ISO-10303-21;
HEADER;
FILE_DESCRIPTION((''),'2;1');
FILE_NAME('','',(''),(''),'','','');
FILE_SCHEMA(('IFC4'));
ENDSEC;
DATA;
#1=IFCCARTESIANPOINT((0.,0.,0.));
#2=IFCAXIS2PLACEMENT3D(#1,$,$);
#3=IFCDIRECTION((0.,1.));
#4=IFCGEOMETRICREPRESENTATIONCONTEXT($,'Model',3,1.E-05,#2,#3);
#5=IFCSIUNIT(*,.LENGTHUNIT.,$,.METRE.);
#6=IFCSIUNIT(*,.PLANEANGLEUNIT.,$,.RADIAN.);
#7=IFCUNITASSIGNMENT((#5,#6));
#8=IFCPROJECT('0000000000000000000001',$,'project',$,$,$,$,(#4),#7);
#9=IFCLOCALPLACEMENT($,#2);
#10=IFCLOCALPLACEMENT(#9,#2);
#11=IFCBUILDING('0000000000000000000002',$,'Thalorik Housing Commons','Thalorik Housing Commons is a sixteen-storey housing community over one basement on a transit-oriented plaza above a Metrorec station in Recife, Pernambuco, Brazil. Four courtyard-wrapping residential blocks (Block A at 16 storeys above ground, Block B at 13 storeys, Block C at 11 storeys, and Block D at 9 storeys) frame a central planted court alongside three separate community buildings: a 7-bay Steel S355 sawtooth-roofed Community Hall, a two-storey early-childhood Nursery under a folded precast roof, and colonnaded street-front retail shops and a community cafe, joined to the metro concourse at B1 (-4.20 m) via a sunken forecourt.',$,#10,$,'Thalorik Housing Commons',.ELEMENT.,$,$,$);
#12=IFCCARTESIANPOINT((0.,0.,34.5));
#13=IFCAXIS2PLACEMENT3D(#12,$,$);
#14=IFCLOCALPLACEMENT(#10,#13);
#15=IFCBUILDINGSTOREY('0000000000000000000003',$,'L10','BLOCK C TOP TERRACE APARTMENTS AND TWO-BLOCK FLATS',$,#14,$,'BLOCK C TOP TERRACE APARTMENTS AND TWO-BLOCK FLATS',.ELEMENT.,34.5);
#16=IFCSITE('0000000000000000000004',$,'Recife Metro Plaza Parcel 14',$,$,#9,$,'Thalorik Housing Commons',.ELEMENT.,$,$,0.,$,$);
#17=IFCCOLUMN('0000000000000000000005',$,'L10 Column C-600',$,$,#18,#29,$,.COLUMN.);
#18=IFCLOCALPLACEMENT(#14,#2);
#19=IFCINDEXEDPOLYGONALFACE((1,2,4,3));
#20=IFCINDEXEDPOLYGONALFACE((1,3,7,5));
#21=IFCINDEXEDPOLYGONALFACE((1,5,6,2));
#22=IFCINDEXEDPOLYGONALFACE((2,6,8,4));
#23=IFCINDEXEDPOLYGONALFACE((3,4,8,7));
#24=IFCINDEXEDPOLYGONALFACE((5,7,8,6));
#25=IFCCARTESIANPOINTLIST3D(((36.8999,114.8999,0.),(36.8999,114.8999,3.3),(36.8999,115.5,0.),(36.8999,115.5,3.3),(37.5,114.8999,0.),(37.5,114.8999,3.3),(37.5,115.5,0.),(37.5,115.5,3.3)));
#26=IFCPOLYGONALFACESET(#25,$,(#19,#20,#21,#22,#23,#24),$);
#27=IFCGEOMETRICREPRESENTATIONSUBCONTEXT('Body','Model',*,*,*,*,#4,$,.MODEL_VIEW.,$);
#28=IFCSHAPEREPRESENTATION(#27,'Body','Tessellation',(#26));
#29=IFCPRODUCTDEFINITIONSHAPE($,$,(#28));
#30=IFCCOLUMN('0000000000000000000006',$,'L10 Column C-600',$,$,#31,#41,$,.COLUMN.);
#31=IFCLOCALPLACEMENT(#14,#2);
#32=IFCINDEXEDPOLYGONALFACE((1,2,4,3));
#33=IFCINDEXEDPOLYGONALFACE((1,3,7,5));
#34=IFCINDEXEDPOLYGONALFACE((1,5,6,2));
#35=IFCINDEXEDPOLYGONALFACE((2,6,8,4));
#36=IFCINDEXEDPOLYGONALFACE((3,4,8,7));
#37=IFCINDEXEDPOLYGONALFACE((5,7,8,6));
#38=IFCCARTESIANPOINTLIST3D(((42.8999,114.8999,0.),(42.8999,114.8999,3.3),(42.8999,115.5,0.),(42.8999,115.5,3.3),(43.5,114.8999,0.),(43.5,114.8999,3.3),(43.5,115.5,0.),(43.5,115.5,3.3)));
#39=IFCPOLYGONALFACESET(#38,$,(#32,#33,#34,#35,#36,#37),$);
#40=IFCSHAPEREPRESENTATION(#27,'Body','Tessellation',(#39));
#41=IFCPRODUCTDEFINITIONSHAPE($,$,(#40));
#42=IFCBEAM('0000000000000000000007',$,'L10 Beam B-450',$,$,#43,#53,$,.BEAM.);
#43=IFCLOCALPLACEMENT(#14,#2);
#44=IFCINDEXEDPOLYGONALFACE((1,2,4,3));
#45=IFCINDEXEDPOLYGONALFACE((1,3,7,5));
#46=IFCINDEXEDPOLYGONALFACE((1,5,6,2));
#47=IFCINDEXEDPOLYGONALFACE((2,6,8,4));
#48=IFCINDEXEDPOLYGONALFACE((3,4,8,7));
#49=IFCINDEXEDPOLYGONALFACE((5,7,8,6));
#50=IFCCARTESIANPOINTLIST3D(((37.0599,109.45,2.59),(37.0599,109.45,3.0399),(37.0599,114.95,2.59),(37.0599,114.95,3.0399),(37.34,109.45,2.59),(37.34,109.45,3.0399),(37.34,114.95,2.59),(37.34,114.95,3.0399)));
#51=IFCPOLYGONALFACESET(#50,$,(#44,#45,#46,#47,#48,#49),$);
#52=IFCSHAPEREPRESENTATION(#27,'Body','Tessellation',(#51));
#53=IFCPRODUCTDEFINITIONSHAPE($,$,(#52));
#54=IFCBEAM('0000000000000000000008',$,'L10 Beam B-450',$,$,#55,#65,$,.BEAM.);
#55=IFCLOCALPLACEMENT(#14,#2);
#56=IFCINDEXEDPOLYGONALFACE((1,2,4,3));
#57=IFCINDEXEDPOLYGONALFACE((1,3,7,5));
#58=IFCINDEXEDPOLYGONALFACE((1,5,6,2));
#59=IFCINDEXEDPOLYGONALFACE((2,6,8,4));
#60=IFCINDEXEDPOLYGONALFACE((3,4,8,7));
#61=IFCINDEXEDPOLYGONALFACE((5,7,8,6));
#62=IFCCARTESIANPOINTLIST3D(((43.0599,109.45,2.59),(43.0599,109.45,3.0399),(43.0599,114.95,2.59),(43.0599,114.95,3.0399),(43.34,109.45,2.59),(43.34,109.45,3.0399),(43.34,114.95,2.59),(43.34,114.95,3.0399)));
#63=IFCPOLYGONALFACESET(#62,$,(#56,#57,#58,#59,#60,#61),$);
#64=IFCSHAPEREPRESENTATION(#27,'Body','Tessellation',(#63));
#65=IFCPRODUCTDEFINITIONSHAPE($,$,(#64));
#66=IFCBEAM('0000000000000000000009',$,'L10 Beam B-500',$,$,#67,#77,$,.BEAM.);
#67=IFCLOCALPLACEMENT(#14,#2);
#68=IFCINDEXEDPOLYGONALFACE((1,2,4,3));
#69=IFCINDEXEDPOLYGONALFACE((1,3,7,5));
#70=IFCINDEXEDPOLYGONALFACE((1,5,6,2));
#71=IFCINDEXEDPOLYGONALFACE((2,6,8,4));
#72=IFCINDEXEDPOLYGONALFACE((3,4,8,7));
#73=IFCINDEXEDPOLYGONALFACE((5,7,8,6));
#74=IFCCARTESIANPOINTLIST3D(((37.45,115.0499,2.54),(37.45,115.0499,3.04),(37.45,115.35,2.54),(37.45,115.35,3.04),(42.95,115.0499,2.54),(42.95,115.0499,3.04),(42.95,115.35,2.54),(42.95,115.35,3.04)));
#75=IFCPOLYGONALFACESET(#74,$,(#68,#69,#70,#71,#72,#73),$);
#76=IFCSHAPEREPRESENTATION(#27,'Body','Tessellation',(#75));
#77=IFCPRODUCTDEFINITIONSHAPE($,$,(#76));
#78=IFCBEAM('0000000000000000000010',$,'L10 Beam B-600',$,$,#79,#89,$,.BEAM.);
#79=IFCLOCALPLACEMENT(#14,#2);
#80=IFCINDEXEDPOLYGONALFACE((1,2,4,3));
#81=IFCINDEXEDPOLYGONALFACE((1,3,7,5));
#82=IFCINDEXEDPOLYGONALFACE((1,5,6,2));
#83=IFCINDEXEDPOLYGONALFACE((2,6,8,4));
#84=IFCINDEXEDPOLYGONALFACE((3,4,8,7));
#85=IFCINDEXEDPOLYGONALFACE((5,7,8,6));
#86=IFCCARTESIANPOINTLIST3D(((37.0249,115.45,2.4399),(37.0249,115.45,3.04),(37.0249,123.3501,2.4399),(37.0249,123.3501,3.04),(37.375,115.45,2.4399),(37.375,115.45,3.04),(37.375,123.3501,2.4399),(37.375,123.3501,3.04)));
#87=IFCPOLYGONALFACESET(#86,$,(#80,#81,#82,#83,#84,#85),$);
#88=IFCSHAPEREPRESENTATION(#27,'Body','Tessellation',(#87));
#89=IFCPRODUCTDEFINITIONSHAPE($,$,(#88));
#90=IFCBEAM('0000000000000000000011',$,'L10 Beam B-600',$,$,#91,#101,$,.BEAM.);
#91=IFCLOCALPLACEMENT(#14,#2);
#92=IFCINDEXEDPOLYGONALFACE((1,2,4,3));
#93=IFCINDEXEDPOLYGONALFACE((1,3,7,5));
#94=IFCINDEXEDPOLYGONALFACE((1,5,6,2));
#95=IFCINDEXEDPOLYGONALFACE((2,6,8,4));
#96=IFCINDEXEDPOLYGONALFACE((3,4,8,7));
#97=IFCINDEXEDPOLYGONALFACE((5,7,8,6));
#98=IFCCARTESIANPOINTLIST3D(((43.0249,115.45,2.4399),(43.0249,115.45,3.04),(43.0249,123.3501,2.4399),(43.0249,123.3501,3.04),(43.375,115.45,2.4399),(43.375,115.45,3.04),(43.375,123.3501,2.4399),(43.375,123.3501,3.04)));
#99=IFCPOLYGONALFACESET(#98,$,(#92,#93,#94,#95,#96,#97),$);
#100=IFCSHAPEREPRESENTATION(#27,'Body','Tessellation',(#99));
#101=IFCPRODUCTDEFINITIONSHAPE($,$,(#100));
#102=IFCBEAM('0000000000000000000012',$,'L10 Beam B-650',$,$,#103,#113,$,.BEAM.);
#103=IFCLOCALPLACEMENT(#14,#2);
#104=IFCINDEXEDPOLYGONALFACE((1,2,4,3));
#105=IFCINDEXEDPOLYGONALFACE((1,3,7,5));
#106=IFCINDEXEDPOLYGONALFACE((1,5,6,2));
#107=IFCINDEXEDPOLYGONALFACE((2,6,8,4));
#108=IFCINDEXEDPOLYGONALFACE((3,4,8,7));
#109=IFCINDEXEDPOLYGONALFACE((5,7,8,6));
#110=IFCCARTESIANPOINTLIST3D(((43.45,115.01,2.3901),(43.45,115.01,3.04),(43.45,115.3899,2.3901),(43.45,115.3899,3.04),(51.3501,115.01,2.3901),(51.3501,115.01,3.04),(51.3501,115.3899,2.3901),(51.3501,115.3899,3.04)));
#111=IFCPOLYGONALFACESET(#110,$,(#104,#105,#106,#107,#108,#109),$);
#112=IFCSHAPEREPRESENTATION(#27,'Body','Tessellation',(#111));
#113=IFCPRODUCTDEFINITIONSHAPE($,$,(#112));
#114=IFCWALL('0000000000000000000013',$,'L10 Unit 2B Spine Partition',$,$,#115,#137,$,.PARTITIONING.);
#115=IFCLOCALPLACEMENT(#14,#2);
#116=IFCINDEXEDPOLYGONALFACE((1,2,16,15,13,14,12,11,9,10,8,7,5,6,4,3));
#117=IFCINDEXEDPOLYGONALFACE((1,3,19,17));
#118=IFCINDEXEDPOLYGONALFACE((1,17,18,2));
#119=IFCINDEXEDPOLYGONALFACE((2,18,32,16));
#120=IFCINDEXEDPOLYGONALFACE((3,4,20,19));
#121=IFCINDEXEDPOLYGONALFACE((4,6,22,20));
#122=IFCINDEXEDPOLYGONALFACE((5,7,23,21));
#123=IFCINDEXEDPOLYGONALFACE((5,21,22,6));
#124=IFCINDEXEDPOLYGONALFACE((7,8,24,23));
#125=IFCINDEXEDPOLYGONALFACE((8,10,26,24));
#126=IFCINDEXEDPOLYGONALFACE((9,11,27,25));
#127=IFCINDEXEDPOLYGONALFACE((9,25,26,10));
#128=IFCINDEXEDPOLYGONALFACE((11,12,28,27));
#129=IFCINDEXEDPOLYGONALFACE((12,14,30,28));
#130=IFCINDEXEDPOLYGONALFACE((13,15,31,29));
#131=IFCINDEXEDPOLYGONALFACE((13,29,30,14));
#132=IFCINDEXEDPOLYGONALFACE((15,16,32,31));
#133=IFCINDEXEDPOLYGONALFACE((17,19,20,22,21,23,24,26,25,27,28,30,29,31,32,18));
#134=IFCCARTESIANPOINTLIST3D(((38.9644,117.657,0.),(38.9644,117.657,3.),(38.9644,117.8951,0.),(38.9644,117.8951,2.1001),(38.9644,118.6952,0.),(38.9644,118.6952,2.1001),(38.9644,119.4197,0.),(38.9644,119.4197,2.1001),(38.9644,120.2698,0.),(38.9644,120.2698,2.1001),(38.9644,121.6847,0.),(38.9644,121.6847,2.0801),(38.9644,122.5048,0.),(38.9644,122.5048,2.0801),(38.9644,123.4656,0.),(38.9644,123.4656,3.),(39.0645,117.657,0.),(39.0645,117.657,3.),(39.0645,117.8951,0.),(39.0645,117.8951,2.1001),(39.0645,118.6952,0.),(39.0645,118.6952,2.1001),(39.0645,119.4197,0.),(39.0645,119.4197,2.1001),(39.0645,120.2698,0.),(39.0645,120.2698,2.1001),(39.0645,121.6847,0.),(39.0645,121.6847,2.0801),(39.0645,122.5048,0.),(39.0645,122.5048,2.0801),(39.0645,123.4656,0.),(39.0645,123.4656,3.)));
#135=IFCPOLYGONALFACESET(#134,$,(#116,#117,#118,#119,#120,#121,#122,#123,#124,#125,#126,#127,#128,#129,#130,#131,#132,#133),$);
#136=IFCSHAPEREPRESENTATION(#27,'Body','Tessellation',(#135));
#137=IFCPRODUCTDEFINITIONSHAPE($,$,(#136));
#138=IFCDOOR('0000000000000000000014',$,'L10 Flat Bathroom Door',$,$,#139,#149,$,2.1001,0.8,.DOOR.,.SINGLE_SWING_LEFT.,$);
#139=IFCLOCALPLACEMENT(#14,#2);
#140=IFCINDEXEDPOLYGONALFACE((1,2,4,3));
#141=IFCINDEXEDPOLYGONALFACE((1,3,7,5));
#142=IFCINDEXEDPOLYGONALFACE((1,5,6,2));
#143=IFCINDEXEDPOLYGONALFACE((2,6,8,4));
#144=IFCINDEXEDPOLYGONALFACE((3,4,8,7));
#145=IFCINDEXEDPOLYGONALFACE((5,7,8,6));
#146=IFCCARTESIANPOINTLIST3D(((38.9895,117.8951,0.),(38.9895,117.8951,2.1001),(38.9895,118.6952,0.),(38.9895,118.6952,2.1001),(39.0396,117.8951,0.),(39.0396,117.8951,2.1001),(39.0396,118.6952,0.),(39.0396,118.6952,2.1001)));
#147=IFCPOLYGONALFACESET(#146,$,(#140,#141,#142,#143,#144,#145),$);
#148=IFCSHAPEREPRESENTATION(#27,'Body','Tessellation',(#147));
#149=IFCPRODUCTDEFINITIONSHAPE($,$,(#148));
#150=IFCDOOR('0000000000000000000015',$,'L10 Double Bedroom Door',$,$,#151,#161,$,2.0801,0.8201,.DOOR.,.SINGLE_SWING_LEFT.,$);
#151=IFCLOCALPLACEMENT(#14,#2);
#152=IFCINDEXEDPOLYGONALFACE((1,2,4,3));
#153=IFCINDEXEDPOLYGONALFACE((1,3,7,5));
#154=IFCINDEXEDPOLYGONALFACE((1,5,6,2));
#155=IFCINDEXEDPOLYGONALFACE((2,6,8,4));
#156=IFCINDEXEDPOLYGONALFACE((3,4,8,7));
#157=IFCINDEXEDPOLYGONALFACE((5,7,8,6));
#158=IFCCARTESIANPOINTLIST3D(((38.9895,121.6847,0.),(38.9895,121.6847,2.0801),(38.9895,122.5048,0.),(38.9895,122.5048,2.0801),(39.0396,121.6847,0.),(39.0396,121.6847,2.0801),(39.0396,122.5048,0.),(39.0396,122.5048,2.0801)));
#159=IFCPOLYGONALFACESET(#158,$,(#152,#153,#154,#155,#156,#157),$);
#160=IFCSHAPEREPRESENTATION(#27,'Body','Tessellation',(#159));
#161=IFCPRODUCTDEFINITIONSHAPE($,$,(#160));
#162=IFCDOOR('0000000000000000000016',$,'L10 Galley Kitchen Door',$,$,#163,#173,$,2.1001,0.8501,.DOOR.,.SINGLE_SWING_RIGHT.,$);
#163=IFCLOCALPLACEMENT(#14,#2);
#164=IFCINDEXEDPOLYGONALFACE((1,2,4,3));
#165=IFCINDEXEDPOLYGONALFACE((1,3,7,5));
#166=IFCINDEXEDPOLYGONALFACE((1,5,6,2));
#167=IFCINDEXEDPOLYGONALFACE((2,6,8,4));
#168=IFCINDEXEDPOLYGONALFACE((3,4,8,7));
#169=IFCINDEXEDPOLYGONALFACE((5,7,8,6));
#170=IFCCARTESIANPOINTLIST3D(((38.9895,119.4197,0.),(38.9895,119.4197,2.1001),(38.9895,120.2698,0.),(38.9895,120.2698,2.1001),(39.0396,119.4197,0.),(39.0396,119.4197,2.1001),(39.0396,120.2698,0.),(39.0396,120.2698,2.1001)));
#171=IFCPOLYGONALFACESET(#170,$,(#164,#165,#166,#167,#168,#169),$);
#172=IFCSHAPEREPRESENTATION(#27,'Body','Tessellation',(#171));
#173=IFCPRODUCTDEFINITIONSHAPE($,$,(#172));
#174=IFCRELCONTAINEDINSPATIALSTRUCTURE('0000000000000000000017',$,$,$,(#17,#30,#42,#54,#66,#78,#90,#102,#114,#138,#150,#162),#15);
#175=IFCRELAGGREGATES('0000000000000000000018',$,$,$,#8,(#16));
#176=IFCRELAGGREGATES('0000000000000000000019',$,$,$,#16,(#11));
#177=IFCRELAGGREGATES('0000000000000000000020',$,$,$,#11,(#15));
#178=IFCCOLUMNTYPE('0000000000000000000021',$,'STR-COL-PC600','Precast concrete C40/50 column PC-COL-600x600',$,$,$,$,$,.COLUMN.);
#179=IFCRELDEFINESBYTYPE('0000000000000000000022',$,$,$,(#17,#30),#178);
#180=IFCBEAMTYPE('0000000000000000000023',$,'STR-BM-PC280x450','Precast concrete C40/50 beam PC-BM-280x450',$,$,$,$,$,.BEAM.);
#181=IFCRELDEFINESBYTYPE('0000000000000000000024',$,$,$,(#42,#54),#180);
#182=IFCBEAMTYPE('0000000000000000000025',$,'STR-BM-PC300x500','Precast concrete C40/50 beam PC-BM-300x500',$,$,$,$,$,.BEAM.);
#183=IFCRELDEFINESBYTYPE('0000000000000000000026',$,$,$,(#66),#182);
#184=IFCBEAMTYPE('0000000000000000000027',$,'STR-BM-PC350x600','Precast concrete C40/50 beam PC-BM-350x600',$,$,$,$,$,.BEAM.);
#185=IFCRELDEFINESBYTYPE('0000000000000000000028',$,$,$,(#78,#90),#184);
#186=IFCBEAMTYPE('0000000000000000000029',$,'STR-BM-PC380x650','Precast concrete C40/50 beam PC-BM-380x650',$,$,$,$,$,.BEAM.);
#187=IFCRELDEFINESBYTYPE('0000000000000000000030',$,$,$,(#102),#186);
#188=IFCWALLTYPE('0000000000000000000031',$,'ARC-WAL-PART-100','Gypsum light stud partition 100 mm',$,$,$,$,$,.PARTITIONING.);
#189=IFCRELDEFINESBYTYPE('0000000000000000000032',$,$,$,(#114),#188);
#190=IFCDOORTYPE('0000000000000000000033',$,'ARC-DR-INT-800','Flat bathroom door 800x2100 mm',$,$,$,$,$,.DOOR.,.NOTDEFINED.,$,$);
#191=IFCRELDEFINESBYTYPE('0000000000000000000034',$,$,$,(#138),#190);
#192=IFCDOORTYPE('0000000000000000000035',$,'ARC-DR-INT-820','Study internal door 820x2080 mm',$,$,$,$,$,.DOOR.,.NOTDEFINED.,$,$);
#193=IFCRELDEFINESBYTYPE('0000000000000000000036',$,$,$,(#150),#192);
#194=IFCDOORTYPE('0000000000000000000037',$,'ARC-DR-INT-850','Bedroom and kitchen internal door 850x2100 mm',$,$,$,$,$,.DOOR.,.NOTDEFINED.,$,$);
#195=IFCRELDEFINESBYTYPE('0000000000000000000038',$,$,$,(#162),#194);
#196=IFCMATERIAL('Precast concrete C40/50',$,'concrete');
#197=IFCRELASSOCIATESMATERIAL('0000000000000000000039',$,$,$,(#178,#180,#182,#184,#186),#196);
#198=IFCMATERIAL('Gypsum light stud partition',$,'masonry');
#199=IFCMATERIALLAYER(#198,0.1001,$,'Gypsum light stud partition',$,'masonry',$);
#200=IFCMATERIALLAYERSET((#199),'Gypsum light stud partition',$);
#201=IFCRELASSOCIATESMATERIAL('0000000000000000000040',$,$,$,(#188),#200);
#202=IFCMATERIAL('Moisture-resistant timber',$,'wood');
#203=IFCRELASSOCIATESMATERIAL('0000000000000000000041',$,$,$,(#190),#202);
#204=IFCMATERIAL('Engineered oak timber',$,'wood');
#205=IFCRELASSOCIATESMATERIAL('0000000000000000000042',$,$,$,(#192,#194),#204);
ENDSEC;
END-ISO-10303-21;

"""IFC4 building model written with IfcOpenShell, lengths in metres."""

from ifc_helpers import new_model, si_unit, direction, frame, frame_2d, origin, origin_2d, place, context, subcontext, project, spatial, rectangle, extrude, material, layer, layer_set, material_profile, profile_set, type_object, element, fill, save


model = new_model("IFC4")

# Units and contexts
model_context = context("Model", 3, precision=1e-05, world=origin(), true_north=direction((0.0, 1.0)))
body_context = subcontext(model_context, "Body", "Model", "MODEL_VIEW")
ifc_project = project(units=[si_unit("LENGTHUNIT", "METRE"), si_unit("PLANEANGLEUNIT", "RADIAN")], contexts=[model_context])

# Site, building, storey
site_placement = place(None, origin())
site = spatial("IfcSite", under=ifc_project, at=site_placement, Name="Recife Metro Plaza Parcel 14", LongName="Thalorik Housing Commons", CompositionType="ELEMENT", RefElevation=0.0)
building_placement = place(site_placement, origin())
building = spatial("IfcBuilding", under=site, at=building_placement, Name="Thalorik Housing Commons", Description="Thalorik Housing Commons is a sixteen-storey housing community over one basement on a transit-oriented plaza above a Metrorec station in Recife, Pernambuco, Brazil. Four courtyard-wrapping residential blocks (Block A at 16 storeys above ground, Block B at 13 storeys, Block C at 11 storeys, and Block D at 9 storeys) frame a central planted court alongside three separate community buildings: a 7-bay Steel S355 sawtooth-roofed Community Hall, a two-storey early-childhood Nursery under a folded precast roof, and colonnaded street-front retail shops and a community cafe, joined to the metro concourse at B1 (-4.20 m) via a sunken forecourt.", LongName="Thalorik Housing Commons", CompositionType="ELEMENT")
storey_placement = place(building_placement, frame((0.0, 0.0, 34.5)))
storey = spatial("IfcBuildingStorey", under=building, at=storey_placement, Name="L10", Description="BLOCK C TOP TERRACE APARTMENTS AND TWO-BLOCK FLATS", LongName="BLOCK C TOP TERRACE APARTMENTS AND TWO-BLOCK FLATS", CompositionType="ELEMENT", Elevation=34.5)

# Columns
ifc_material_1 = material(Name="Precast concrete C40/50", Category="concrete")
ifc_material_profile_1 = material_profile(ifc_material_1, rectangle(XDim=0.6001, YDim=0.6001, at=origin_2d()), Name="PC 600x600", Category="concrete")
ifc_profile_set_1 = profile_set([ifc_material_profile_1], Name="Precast concrete C40/50")
column_type = type_object("IfcColumnType", Name="STR-COL-PC600", Description="Precast concrete C40/50 column PC-COL-600x600", PredefinedType="COLUMN", material=ifc_profile_set_1)
for number, where, z_axis, x_axis, name in (
    (1, (37.2, 115.2, 0.0), (0.0, 0.0, 1.0), (1.0, 0.0, 0.0), "L10 Column C-600"),
    (2, (43.2, 115.2, 0.0), (0.0, 0.0, 1.0), (1.0, 0.0, 0.0), "L10 Column C-600"),
):
    element("IfcColumn", number, at=place(storey_placement, frame(where, z_axis=z_axis, x_axis=x_axis)), inside=storey, type_object=column_type, Name=name, PredefinedType="COLUMN", context=body_context, shape_type="SweptSolid", body=[
        extrude(rectangle(XDim=0.6001, YDim=0.6001, at=origin_2d()), origin(), (0.0, 0.0, 1.0), 3.3),
    ])

# Beams
ifc_material_profile_2 = material_profile(ifc_material_1, rectangle(XDim=0.28, YDim=0.45, at=origin_2d()), Name="PC 280x450", Category="concrete")
ifc_profile_set_2 = profile_set([ifc_material_profile_2], Name="Precast concrete C40/50")
beam_type_1 = type_object("IfcBeamType", Name="STR-BM-PC280x450", Description="Precast concrete C40/50 beam PC-BM-280x450", PredefinedType="BEAM", material=ifc_profile_set_2)
for number, where, z_axis, x_axis, name in (
    (3, (37.2, 109.45, 2.8149), (0.0, 1.0, 0.0), (-1.0, 0.0, 0.0), "L10 Beam B-450"),
    (4, (43.2, 109.45, 2.8149), (0.0, 1.0, 0.0), (-1.0, 0.0, 0.0), "L10 Beam B-450"),
):
    element("IfcBeam", number, at=place(storey_placement, frame(where, z_axis=z_axis, x_axis=x_axis)), inside=storey, type_object=beam_type_1, Name=name, PredefinedType="BEAM", context=body_context, shape_type="SweptSolid", body=[
        extrude(rectangle(XDim=0.28, YDim=0.45, at=origin_2d()), origin(), (0.0, 0.0, 1.0), 5.5),
    ])
ifc_material_profile_3 = material_profile(ifc_material_1, rectangle(XDim=0.3, YDim=0.5, at=origin_2d()), Name="PC 300x500", Category="concrete")
ifc_profile_set_3 = profile_set([ifc_material_profile_3], Name="Precast concrete C40/50")
beam_type_2 = type_object("IfcBeamType", Name="STR-BM-PC300x500", Description="Precast concrete C40/50 beam PC-BM-300x500", PredefinedType="BEAM", material=ifc_profile_set_3)
beam_1_placement = place(storey_placement, frame((37.45, 115.2, 2.79), z_axis=(1.0, 0.0, 0.0), x_axis=(0.0, 1.0, 0.0)))
element("IfcBeam", 5, at=beam_1_placement, inside=storey, type_object=beam_type_2, Name="L10 Beam B-500", PredefinedType="BEAM", context=body_context, shape_type="SweptSolid", body=[
    extrude(rectangle(XDim=0.3, YDim=0.5, at=origin_2d()), origin(), (0.0, 0.0, 1.0), 5.5),
])
ifc_material_profile_4 = material_profile(ifc_material_1, rectangle(XDim=0.3501, YDim=0.6001, at=origin_2d()), Name="PC 350x600", Category="concrete")
ifc_profile_set_4 = profile_set([ifc_material_profile_4], Name="Precast concrete C40/50")
beam_type_3 = type_object("IfcBeamType", Name="STR-BM-PC350x600", Description="Precast concrete C40/50 beam PC-BM-350x600", PredefinedType="BEAM", material=ifc_profile_set_4)
for number, where, z_axis, x_axis, name in (
    (6, (37.2, 115.45, 2.74), (0.0, 1.0, 0.0), (-1.0, 0.0, 0.0), "L10 Beam B-600"),
    (7, (43.2, 115.45, 2.74), (0.0, 1.0, 0.0), (-1.0, 0.0, 0.0), "L10 Beam B-600"),
):
    element("IfcBeam", number, at=place(storey_placement, frame(where, z_axis=z_axis, x_axis=x_axis)), inside=storey, type_object=beam_type_3, Name=name, PredefinedType="BEAM", context=body_context, shape_type="SweptSolid", body=[
        extrude(rectangle(XDim=0.3501, YDim=0.6001, at=origin_2d()), origin(), (0.0, 0.0, 1.0), 7.9001),
    ])
ifc_material_profile_5 = material_profile(ifc_material_1, rectangle(XDim=0.3799, YDim=0.6499, at=origin_2d()), Name="PC 380x650", Category="concrete")
ifc_profile_set_5 = profile_set([ifc_material_profile_5], Name="Precast concrete C40/50")
beam_type_4 = type_object("IfcBeamType", Name="STR-BM-PC380x650", Description="Precast concrete C40/50 beam PC-BM-380x650", PredefinedType="BEAM", material=ifc_profile_set_5)
beam_2_placement = place(storey_placement, frame((43.45, 115.2, 2.7151), z_axis=(1.0, 0.0, 0.0), x_axis=(0.0, 1.0, 0.0)))
element("IfcBeam", 8, at=beam_2_placement, inside=storey, type_object=beam_type_4, Name="L10 Beam B-650", PredefinedType="BEAM", context=body_context, shape_type="SweptSolid", body=[
    extrude(rectangle(XDim=0.3799, YDim=0.6499, at=origin_2d()), origin(), (0.0, 0.0, 1.0), 7.9001),
])

# Wall, openings, doors
ifc_material_2 = material(Name="Gypsum light stud partition", Category="masonry")
ifc_layer_1 = layer(ifc_material_2, 0.1001, Name="Gypsum light stud partition", Category="masonry")
ifc_layer_set_1 = layer_set([ifc_layer_1], Name="Gypsum light stud partition")
wall_type_1 = type_object("IfcWallType", Name="ARC-WAL-PART-100", Description="Gypsum light stud partition 100 mm", PredefinedType="PARTITIONING", material=ifc_layer_set_1)
wall_1_placement = place(storey_placement, frame((39.0144, 117.657, 0.0), z_axis=(0.0, 0.0, 1.0), x_axis=(0.0, 1.0, 0.0)))
wall_1 = element("IfcWall", 9, at=wall_1_placement, inside=storey, type_object=wall_type_1, Name="L10 Unit 2B Spine Partition", PredefinedType="PARTITIONING", context=body_context, shape_type="SweptSolid", body=[
    extrude(rectangle(XDim=5.8086, YDim=0.1001, at=frame_2d((2.9043, 0.0))), origin(), (0.0, 0.0, 1.0), 3.0),
])
opening_1_placement = place(wall_1_placement, frame((0.2383, 0.0, 0.0)))
opening_1 = element("IfcOpeningElement", 10, at=opening_1_placement, cuts=wall_1, PredefinedType="OPENING", context=body_context, shape_type="SweptSolid", body=[
    extrude(rectangle(XDim=0.8, YDim=2.1001, at=frame_2d((0.3999, 1.05))), frame((0.0, 0.0601, 0.0), z_axis=(0.0, -1.0, 0.0), x_axis=(1.0, 0.0, 0.0)), (0.0, 0.0, 1.0), 0.1201),
])
opening_2_placement = place(wall_1_placement, frame((1.7627, 0.0, 0.0)))
opening_2 = element("IfcOpeningElement", 11, at=opening_2_placement, cuts=wall_1, PredefinedType="OPENING", context=body_context, shape_type="SweptSolid", body=[
    extrude(rectangle(XDim=0.8501, YDim=2.1001, at=frame_2d((0.425, 1.05))), frame((0.0, 0.0601, 0.0), z_axis=(0.0, -1.0, 0.0), x_axis=(1.0, 0.0, 0.0)), (0.0, 0.0, 1.0), 0.1201),
])
opening_3_placement = place(wall_1_placement, frame((4.0276, 0.0, 0.0)))
opening_3 = element("IfcOpeningElement", 12, at=opening_3_placement, cuts=wall_1, PredefinedType="OPENING", context=body_context, shape_type="SweptSolid", body=[
    extrude(rectangle(XDim=0.8201, YDim=2.0801, at=frame_2d((0.4102, 1.04))), frame((0.0, 0.0601, 0.0), z_axis=(0.0, -1.0, 0.0), x_axis=(1.0, 0.0, 0.0)), (0.0, 0.0, 1.0), 0.1201),
])
ifc_material_3 = material(Name="Moisture-resistant timber", Category="wood")
door_type_1 = type_object("IfcDoorType", Name="ARC-DR-INT-800", Description="Flat bathroom door 800x2100 mm", OperationType="NOTDEFINED", PredefinedType="DOOR", material=ifc_material_3)
door_1_placement = place(opening_1_placement, origin())
door_1 = element("IfcDoor", 13, at=door_1_placement, inside=storey, type_object=door_type_1, Name="L10 Flat Bathroom Door", OperationType="SINGLE_SWING_LEFT", OverallHeight=2.1001, OverallWidth=0.8, PredefinedType="DOOR", context=body_context, shape_type="SweptSolid", body=[
    extrude(rectangle(XDim=0.8, YDim=2.1001, at=frame_2d((0.3999, 1.05))), frame((0.0, 0.0249, 0.0), z_axis=(0.0, -1.0, 0.0), x_axis=(1.0, 0.0, 0.0)), (0.0, 0.0, 1.0), 0.05),
])
fill(opening_1, door_1)
ifc_material_4 = material(Name="Engineered oak timber", Category="wood")
door_type_2 = type_object("IfcDoorType", Name="ARC-DR-INT-820", Description="Study internal door 820x2080 mm", OperationType="NOTDEFINED", PredefinedType="DOOR", material=ifc_material_4)
door_2_placement = place(opening_3_placement, origin())
door_2 = element("IfcDoor", 14, at=door_2_placement, inside=storey, type_object=door_type_2, Name="L10 Double Bedroom Door", OperationType="SINGLE_SWING_LEFT", OverallHeight=2.0801, OverallWidth=0.8201, PredefinedType="DOOR", context=body_context, shape_type="SweptSolid", body=[
    extrude(rectangle(XDim=0.8201, YDim=2.0801, at=frame_2d((0.4102, 1.04))), frame((0.0, 0.0249, 0.0), z_axis=(0.0, -1.0, 0.0), x_axis=(1.0, 0.0, 0.0)), (0.0, 0.0, 1.0), 0.05),
])
fill(opening_3, door_2)
door_type_3 = type_object("IfcDoorType", Name="ARC-DR-INT-850", Description="Bedroom and kitchen internal door 850x2100 mm", OperationType="NOTDEFINED", PredefinedType="DOOR", material=ifc_material_4)
door_3_placement = place(opening_2_placement, origin())
door_3 = element("IfcDoor", 15, at=door_3_placement, inside=storey, type_object=door_type_3, Name="L10 Galley Kitchen Door", OperationType="SINGLE_SWING_RIGHT", OverallHeight=2.1001, OverallWidth=0.8501, PredefinedType="DOOR", context=body_context, shape_type="SweptSolid", body=[
    extrude(rectangle(XDim=0.8501, YDim=2.1001, at=frame_2d((0.425, 1.05))), frame((0.0, 0.0249, 0.0), z_axis=(0.0, -1.0, 0.0), x_axis=(1.0, 0.0, 0.0)), (0.0, 0.0, 1.0), 0.05),
])
fill(opening_2, door_3)

save(model, "model.ifc")
